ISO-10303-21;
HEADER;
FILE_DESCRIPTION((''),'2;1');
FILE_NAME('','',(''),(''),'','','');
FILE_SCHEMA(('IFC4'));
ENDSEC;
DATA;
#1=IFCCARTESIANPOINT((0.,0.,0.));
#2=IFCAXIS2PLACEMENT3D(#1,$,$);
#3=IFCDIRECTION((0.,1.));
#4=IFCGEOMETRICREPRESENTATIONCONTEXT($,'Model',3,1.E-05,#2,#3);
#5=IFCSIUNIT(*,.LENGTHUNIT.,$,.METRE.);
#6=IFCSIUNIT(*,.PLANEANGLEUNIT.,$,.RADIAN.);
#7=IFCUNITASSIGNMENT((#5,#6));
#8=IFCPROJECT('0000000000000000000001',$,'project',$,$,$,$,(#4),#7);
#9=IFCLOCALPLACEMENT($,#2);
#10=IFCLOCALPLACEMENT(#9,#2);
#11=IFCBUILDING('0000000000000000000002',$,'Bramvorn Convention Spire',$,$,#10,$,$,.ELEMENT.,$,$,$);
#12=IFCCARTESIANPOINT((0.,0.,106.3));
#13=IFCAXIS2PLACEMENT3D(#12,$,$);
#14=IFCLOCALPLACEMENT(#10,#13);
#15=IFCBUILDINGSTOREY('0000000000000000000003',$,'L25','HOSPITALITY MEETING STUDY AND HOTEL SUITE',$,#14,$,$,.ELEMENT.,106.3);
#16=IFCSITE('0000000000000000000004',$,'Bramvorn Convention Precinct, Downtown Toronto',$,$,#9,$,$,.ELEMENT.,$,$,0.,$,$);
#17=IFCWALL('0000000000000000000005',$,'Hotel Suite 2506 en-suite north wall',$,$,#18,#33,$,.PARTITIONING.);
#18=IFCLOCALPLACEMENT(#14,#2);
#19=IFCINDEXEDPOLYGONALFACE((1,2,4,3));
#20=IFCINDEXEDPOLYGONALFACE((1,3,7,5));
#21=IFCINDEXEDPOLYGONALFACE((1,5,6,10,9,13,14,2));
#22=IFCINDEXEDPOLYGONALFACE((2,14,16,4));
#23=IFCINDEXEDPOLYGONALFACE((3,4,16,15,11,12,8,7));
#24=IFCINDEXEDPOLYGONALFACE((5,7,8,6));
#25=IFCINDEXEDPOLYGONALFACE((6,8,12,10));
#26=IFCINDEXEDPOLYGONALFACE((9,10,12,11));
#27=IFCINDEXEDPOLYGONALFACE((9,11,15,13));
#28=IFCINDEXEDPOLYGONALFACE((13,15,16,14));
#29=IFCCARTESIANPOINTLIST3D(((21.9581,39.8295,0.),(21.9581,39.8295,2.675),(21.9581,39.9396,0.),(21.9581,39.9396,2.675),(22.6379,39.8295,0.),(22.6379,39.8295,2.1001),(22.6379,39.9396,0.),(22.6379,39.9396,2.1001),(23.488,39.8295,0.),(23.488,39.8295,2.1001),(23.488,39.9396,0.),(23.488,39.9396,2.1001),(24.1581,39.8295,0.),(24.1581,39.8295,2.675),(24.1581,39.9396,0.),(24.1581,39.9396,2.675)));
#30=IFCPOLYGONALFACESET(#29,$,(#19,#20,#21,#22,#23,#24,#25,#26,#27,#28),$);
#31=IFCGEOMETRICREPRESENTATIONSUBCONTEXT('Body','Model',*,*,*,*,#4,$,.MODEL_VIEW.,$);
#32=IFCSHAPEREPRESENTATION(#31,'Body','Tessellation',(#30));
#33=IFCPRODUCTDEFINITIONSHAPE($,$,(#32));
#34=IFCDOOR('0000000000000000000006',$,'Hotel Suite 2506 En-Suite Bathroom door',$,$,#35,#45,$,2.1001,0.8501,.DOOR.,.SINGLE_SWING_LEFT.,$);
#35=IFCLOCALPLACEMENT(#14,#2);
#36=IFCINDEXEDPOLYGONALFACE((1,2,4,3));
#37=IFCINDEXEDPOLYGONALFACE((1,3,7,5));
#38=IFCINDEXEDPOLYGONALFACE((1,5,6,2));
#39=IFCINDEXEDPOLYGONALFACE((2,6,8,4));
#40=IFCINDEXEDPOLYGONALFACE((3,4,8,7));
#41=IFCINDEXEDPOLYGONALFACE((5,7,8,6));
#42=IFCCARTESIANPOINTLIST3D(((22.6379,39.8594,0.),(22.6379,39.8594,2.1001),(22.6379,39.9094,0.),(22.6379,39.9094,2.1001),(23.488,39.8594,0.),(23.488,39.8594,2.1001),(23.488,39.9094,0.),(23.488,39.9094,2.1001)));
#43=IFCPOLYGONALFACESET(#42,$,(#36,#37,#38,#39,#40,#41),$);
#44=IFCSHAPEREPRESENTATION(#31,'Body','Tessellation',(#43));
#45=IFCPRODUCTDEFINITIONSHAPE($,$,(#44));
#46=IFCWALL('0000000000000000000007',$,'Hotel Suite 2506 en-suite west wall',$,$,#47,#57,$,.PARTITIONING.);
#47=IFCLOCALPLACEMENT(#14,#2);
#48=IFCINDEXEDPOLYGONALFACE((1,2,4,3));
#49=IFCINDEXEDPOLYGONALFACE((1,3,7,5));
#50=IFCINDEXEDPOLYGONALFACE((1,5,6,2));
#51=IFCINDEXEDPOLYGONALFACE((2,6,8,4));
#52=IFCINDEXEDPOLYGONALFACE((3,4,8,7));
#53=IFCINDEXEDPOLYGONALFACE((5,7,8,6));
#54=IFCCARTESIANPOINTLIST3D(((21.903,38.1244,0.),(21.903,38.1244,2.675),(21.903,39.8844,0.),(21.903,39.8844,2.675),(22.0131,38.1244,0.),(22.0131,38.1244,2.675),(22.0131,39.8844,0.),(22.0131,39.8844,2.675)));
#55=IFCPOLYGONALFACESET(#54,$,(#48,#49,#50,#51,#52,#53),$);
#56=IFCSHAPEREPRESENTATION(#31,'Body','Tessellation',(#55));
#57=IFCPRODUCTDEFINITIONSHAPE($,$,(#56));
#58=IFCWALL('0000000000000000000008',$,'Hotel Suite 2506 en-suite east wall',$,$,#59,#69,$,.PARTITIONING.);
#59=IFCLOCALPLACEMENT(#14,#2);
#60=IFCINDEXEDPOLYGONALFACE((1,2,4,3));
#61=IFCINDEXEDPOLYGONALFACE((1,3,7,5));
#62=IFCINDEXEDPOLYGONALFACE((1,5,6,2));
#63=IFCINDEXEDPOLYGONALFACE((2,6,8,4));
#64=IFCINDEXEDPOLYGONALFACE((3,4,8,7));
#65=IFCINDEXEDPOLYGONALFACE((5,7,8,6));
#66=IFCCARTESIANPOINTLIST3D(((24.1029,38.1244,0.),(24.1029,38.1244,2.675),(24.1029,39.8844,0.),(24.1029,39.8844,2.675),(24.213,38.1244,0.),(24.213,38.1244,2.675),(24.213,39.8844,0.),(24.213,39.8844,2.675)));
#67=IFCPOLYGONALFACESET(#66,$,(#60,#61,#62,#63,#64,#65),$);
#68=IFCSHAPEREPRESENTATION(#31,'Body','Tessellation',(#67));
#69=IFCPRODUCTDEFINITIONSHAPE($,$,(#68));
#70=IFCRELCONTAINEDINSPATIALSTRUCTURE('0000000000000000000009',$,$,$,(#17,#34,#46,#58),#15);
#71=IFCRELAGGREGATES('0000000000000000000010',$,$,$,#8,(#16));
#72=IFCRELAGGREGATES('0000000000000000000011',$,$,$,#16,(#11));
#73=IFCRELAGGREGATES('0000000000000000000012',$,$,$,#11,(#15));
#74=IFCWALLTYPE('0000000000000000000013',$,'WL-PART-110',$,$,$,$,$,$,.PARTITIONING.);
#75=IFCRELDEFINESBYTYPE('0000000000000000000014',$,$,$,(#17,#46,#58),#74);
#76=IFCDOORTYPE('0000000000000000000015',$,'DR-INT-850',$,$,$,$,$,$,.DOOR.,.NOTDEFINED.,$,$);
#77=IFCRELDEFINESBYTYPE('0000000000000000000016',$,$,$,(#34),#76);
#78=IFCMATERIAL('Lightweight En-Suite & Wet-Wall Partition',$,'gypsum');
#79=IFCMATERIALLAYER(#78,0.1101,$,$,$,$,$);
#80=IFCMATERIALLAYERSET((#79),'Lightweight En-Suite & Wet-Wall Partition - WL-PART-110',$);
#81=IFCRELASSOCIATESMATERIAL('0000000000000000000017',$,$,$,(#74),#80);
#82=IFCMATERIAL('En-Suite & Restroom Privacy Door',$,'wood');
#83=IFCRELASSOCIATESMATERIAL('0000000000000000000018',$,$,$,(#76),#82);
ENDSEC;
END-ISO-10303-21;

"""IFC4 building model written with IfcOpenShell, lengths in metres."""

from ifc_helpers import new_model, si_unit, direction, frame, frame_2d, origin, place, context, subcontext, project, spatial, rectangle, extrude, material, layer, layer_set, type_object, element, fill, save


model = new_model("IFC4")

# Units and contexts
model_context = context("Model", 3, precision=1e-05, world=origin(), true_north=direction((0.0, 1.0)))
body_context = subcontext(model_context, "Body", "Model", "MODEL_VIEW")
ifc_project = project(units=[si_unit("LENGTHUNIT", "METRE"), si_unit("PLANEANGLEUNIT", "RADIAN")], contexts=[model_context])

# Site, building, storey
site_placement = place(None, origin())
site = spatial("IfcSite", under=ifc_project, at=site_placement, Name="Bramvorn Convention Precinct, Downtown Toronto", CompositionType="ELEMENT", RefElevation=0.0)
building_placement = place(site_placement, origin())
building = spatial("IfcBuilding", under=site, at=building_placement, Name="Bramvorn Convention Spire", CompositionType="ELEMENT")
storey_placement = place(building_placement, frame((0.0, 0.0, 106.3)))
storey = spatial("IfcBuildingStorey", under=building, at=storey_placement, Name="L25", Description="HOSPITALITY MEETING STUDY AND HOTEL SUITE", CompositionType="ELEMENT", Elevation=106.3)

# Shared definitions
ifc_material_1 = material(Name="Lightweight En-Suite & Wet-Wall Partition", Category="gypsum")
ifc_layer_1 = layer(ifc_material_1, 0.1101)
ifc_layer_set_1 = layer_set([ifc_layer_1], Name="Lightweight En-Suite & Wet-Wall Partition - WL-PART-110")
wall_type_1 = type_object("IfcWallType", Name="WL-PART-110", PredefinedType="PARTITIONING", material=ifc_layer_set_1)

# Wall, opening, door
wall_1_placement = place(storey_placement, frame((21.958, 39.8845, 0.0), z_axis=(0.0, 0.0, 1.0), x_axis=(1.0, 0.0, 0.0)))
wall_1 = element("IfcWall", 1, at=wall_1_placement, inside=storey, type_object=wall_type_1, Name="Hotel Suite 2506 en-suite north wall", PredefinedType="PARTITIONING", context=body_context, shape_type="SweptSolid", body=[
    extrude(rectangle(XDim=2.2, YDim=0.1101, at=frame_2d((1.1001, 0.0))), origin(), (0.0, 0.0, 1.0), 2.675),
])
opening_placement = place(wall_1_placement, frame((0.6799, 0.0, 0.0)))
opening = element("IfcOpeningElement", 2, at=opening_placement, cuts=wall_1, PredefinedType="OPENING", context=body_context, shape_type="SweptSolid", body=[
    extrude(rectangle(XDim=0.8501, YDim=2.1001, at=frame_2d((0.425, 1.05))), frame((0.0, 0.0649, 0.0), z_axis=(0.0, -1.0, 0.0), x_axis=(1.0, 0.0, 0.0)), (0.0, 0.0, 1.0), 0.1301),
])
ifc_material_2 = material(Name="En-Suite & Restroom Privacy Door", Category="wood")
door_type = type_object("IfcDoorType", Name="DR-INT-850", OperationType="NOTDEFINED", PredefinedType="DOOR", material=ifc_material_2)
door_placement = place(opening_placement, origin())
door = element("IfcDoor", 3, at=door_placement, inside=storey, type_object=door_type, Name="Hotel Suite 2506 En-Suite Bathroom door", OperationType="SINGLE_SWING_LEFT", OverallHeight=2.1001, OverallWidth=0.8501, PredefinedType="DOOR", context=body_context, shape_type="SweptSolid", body=[
    extrude(rectangle(XDim=0.8501, YDim=2.1001, at=frame_2d((0.425, 1.05))), frame((0.0, 0.0249, 0.0), z_axis=(0.0, -1.0, 0.0), x_axis=(1.0, 0.0, 0.0)), (0.0, 0.0, 1.0), 0.05),
])
fill(opening, door)

# Walls
for number, where, z_axis, x_axis, name in (
    (4, (21.958, 38.1245, 0.0), (0.0, 0.0, 1.0), (0.0, 1.0, 0.0), "Hotel Suite 2506 en-suite west wall"),
    (5, (24.158, 38.1245, 0.0), (0.0, 0.0, 1.0), (0.0, 1.0, 0.0), "Hotel Suite 2506 en-suite east wall"),
):
    element("IfcWall", number, at=place(storey_placement, frame(where, z_axis=z_axis, x_axis=x_axis)), inside=storey, type_object=wall_type_1, Name=name, PredefinedType="PARTITIONING", context=body_context, shape_type="SweptSolid", body=[
        extrude(rectangle(XDim=1.76, YDim=0.1101, at=frame_2d((0.8799, 0.0))), origin(), (0.0, 0.0, 1.0), 2.675),
    ])

save(model, "model.ifc")
